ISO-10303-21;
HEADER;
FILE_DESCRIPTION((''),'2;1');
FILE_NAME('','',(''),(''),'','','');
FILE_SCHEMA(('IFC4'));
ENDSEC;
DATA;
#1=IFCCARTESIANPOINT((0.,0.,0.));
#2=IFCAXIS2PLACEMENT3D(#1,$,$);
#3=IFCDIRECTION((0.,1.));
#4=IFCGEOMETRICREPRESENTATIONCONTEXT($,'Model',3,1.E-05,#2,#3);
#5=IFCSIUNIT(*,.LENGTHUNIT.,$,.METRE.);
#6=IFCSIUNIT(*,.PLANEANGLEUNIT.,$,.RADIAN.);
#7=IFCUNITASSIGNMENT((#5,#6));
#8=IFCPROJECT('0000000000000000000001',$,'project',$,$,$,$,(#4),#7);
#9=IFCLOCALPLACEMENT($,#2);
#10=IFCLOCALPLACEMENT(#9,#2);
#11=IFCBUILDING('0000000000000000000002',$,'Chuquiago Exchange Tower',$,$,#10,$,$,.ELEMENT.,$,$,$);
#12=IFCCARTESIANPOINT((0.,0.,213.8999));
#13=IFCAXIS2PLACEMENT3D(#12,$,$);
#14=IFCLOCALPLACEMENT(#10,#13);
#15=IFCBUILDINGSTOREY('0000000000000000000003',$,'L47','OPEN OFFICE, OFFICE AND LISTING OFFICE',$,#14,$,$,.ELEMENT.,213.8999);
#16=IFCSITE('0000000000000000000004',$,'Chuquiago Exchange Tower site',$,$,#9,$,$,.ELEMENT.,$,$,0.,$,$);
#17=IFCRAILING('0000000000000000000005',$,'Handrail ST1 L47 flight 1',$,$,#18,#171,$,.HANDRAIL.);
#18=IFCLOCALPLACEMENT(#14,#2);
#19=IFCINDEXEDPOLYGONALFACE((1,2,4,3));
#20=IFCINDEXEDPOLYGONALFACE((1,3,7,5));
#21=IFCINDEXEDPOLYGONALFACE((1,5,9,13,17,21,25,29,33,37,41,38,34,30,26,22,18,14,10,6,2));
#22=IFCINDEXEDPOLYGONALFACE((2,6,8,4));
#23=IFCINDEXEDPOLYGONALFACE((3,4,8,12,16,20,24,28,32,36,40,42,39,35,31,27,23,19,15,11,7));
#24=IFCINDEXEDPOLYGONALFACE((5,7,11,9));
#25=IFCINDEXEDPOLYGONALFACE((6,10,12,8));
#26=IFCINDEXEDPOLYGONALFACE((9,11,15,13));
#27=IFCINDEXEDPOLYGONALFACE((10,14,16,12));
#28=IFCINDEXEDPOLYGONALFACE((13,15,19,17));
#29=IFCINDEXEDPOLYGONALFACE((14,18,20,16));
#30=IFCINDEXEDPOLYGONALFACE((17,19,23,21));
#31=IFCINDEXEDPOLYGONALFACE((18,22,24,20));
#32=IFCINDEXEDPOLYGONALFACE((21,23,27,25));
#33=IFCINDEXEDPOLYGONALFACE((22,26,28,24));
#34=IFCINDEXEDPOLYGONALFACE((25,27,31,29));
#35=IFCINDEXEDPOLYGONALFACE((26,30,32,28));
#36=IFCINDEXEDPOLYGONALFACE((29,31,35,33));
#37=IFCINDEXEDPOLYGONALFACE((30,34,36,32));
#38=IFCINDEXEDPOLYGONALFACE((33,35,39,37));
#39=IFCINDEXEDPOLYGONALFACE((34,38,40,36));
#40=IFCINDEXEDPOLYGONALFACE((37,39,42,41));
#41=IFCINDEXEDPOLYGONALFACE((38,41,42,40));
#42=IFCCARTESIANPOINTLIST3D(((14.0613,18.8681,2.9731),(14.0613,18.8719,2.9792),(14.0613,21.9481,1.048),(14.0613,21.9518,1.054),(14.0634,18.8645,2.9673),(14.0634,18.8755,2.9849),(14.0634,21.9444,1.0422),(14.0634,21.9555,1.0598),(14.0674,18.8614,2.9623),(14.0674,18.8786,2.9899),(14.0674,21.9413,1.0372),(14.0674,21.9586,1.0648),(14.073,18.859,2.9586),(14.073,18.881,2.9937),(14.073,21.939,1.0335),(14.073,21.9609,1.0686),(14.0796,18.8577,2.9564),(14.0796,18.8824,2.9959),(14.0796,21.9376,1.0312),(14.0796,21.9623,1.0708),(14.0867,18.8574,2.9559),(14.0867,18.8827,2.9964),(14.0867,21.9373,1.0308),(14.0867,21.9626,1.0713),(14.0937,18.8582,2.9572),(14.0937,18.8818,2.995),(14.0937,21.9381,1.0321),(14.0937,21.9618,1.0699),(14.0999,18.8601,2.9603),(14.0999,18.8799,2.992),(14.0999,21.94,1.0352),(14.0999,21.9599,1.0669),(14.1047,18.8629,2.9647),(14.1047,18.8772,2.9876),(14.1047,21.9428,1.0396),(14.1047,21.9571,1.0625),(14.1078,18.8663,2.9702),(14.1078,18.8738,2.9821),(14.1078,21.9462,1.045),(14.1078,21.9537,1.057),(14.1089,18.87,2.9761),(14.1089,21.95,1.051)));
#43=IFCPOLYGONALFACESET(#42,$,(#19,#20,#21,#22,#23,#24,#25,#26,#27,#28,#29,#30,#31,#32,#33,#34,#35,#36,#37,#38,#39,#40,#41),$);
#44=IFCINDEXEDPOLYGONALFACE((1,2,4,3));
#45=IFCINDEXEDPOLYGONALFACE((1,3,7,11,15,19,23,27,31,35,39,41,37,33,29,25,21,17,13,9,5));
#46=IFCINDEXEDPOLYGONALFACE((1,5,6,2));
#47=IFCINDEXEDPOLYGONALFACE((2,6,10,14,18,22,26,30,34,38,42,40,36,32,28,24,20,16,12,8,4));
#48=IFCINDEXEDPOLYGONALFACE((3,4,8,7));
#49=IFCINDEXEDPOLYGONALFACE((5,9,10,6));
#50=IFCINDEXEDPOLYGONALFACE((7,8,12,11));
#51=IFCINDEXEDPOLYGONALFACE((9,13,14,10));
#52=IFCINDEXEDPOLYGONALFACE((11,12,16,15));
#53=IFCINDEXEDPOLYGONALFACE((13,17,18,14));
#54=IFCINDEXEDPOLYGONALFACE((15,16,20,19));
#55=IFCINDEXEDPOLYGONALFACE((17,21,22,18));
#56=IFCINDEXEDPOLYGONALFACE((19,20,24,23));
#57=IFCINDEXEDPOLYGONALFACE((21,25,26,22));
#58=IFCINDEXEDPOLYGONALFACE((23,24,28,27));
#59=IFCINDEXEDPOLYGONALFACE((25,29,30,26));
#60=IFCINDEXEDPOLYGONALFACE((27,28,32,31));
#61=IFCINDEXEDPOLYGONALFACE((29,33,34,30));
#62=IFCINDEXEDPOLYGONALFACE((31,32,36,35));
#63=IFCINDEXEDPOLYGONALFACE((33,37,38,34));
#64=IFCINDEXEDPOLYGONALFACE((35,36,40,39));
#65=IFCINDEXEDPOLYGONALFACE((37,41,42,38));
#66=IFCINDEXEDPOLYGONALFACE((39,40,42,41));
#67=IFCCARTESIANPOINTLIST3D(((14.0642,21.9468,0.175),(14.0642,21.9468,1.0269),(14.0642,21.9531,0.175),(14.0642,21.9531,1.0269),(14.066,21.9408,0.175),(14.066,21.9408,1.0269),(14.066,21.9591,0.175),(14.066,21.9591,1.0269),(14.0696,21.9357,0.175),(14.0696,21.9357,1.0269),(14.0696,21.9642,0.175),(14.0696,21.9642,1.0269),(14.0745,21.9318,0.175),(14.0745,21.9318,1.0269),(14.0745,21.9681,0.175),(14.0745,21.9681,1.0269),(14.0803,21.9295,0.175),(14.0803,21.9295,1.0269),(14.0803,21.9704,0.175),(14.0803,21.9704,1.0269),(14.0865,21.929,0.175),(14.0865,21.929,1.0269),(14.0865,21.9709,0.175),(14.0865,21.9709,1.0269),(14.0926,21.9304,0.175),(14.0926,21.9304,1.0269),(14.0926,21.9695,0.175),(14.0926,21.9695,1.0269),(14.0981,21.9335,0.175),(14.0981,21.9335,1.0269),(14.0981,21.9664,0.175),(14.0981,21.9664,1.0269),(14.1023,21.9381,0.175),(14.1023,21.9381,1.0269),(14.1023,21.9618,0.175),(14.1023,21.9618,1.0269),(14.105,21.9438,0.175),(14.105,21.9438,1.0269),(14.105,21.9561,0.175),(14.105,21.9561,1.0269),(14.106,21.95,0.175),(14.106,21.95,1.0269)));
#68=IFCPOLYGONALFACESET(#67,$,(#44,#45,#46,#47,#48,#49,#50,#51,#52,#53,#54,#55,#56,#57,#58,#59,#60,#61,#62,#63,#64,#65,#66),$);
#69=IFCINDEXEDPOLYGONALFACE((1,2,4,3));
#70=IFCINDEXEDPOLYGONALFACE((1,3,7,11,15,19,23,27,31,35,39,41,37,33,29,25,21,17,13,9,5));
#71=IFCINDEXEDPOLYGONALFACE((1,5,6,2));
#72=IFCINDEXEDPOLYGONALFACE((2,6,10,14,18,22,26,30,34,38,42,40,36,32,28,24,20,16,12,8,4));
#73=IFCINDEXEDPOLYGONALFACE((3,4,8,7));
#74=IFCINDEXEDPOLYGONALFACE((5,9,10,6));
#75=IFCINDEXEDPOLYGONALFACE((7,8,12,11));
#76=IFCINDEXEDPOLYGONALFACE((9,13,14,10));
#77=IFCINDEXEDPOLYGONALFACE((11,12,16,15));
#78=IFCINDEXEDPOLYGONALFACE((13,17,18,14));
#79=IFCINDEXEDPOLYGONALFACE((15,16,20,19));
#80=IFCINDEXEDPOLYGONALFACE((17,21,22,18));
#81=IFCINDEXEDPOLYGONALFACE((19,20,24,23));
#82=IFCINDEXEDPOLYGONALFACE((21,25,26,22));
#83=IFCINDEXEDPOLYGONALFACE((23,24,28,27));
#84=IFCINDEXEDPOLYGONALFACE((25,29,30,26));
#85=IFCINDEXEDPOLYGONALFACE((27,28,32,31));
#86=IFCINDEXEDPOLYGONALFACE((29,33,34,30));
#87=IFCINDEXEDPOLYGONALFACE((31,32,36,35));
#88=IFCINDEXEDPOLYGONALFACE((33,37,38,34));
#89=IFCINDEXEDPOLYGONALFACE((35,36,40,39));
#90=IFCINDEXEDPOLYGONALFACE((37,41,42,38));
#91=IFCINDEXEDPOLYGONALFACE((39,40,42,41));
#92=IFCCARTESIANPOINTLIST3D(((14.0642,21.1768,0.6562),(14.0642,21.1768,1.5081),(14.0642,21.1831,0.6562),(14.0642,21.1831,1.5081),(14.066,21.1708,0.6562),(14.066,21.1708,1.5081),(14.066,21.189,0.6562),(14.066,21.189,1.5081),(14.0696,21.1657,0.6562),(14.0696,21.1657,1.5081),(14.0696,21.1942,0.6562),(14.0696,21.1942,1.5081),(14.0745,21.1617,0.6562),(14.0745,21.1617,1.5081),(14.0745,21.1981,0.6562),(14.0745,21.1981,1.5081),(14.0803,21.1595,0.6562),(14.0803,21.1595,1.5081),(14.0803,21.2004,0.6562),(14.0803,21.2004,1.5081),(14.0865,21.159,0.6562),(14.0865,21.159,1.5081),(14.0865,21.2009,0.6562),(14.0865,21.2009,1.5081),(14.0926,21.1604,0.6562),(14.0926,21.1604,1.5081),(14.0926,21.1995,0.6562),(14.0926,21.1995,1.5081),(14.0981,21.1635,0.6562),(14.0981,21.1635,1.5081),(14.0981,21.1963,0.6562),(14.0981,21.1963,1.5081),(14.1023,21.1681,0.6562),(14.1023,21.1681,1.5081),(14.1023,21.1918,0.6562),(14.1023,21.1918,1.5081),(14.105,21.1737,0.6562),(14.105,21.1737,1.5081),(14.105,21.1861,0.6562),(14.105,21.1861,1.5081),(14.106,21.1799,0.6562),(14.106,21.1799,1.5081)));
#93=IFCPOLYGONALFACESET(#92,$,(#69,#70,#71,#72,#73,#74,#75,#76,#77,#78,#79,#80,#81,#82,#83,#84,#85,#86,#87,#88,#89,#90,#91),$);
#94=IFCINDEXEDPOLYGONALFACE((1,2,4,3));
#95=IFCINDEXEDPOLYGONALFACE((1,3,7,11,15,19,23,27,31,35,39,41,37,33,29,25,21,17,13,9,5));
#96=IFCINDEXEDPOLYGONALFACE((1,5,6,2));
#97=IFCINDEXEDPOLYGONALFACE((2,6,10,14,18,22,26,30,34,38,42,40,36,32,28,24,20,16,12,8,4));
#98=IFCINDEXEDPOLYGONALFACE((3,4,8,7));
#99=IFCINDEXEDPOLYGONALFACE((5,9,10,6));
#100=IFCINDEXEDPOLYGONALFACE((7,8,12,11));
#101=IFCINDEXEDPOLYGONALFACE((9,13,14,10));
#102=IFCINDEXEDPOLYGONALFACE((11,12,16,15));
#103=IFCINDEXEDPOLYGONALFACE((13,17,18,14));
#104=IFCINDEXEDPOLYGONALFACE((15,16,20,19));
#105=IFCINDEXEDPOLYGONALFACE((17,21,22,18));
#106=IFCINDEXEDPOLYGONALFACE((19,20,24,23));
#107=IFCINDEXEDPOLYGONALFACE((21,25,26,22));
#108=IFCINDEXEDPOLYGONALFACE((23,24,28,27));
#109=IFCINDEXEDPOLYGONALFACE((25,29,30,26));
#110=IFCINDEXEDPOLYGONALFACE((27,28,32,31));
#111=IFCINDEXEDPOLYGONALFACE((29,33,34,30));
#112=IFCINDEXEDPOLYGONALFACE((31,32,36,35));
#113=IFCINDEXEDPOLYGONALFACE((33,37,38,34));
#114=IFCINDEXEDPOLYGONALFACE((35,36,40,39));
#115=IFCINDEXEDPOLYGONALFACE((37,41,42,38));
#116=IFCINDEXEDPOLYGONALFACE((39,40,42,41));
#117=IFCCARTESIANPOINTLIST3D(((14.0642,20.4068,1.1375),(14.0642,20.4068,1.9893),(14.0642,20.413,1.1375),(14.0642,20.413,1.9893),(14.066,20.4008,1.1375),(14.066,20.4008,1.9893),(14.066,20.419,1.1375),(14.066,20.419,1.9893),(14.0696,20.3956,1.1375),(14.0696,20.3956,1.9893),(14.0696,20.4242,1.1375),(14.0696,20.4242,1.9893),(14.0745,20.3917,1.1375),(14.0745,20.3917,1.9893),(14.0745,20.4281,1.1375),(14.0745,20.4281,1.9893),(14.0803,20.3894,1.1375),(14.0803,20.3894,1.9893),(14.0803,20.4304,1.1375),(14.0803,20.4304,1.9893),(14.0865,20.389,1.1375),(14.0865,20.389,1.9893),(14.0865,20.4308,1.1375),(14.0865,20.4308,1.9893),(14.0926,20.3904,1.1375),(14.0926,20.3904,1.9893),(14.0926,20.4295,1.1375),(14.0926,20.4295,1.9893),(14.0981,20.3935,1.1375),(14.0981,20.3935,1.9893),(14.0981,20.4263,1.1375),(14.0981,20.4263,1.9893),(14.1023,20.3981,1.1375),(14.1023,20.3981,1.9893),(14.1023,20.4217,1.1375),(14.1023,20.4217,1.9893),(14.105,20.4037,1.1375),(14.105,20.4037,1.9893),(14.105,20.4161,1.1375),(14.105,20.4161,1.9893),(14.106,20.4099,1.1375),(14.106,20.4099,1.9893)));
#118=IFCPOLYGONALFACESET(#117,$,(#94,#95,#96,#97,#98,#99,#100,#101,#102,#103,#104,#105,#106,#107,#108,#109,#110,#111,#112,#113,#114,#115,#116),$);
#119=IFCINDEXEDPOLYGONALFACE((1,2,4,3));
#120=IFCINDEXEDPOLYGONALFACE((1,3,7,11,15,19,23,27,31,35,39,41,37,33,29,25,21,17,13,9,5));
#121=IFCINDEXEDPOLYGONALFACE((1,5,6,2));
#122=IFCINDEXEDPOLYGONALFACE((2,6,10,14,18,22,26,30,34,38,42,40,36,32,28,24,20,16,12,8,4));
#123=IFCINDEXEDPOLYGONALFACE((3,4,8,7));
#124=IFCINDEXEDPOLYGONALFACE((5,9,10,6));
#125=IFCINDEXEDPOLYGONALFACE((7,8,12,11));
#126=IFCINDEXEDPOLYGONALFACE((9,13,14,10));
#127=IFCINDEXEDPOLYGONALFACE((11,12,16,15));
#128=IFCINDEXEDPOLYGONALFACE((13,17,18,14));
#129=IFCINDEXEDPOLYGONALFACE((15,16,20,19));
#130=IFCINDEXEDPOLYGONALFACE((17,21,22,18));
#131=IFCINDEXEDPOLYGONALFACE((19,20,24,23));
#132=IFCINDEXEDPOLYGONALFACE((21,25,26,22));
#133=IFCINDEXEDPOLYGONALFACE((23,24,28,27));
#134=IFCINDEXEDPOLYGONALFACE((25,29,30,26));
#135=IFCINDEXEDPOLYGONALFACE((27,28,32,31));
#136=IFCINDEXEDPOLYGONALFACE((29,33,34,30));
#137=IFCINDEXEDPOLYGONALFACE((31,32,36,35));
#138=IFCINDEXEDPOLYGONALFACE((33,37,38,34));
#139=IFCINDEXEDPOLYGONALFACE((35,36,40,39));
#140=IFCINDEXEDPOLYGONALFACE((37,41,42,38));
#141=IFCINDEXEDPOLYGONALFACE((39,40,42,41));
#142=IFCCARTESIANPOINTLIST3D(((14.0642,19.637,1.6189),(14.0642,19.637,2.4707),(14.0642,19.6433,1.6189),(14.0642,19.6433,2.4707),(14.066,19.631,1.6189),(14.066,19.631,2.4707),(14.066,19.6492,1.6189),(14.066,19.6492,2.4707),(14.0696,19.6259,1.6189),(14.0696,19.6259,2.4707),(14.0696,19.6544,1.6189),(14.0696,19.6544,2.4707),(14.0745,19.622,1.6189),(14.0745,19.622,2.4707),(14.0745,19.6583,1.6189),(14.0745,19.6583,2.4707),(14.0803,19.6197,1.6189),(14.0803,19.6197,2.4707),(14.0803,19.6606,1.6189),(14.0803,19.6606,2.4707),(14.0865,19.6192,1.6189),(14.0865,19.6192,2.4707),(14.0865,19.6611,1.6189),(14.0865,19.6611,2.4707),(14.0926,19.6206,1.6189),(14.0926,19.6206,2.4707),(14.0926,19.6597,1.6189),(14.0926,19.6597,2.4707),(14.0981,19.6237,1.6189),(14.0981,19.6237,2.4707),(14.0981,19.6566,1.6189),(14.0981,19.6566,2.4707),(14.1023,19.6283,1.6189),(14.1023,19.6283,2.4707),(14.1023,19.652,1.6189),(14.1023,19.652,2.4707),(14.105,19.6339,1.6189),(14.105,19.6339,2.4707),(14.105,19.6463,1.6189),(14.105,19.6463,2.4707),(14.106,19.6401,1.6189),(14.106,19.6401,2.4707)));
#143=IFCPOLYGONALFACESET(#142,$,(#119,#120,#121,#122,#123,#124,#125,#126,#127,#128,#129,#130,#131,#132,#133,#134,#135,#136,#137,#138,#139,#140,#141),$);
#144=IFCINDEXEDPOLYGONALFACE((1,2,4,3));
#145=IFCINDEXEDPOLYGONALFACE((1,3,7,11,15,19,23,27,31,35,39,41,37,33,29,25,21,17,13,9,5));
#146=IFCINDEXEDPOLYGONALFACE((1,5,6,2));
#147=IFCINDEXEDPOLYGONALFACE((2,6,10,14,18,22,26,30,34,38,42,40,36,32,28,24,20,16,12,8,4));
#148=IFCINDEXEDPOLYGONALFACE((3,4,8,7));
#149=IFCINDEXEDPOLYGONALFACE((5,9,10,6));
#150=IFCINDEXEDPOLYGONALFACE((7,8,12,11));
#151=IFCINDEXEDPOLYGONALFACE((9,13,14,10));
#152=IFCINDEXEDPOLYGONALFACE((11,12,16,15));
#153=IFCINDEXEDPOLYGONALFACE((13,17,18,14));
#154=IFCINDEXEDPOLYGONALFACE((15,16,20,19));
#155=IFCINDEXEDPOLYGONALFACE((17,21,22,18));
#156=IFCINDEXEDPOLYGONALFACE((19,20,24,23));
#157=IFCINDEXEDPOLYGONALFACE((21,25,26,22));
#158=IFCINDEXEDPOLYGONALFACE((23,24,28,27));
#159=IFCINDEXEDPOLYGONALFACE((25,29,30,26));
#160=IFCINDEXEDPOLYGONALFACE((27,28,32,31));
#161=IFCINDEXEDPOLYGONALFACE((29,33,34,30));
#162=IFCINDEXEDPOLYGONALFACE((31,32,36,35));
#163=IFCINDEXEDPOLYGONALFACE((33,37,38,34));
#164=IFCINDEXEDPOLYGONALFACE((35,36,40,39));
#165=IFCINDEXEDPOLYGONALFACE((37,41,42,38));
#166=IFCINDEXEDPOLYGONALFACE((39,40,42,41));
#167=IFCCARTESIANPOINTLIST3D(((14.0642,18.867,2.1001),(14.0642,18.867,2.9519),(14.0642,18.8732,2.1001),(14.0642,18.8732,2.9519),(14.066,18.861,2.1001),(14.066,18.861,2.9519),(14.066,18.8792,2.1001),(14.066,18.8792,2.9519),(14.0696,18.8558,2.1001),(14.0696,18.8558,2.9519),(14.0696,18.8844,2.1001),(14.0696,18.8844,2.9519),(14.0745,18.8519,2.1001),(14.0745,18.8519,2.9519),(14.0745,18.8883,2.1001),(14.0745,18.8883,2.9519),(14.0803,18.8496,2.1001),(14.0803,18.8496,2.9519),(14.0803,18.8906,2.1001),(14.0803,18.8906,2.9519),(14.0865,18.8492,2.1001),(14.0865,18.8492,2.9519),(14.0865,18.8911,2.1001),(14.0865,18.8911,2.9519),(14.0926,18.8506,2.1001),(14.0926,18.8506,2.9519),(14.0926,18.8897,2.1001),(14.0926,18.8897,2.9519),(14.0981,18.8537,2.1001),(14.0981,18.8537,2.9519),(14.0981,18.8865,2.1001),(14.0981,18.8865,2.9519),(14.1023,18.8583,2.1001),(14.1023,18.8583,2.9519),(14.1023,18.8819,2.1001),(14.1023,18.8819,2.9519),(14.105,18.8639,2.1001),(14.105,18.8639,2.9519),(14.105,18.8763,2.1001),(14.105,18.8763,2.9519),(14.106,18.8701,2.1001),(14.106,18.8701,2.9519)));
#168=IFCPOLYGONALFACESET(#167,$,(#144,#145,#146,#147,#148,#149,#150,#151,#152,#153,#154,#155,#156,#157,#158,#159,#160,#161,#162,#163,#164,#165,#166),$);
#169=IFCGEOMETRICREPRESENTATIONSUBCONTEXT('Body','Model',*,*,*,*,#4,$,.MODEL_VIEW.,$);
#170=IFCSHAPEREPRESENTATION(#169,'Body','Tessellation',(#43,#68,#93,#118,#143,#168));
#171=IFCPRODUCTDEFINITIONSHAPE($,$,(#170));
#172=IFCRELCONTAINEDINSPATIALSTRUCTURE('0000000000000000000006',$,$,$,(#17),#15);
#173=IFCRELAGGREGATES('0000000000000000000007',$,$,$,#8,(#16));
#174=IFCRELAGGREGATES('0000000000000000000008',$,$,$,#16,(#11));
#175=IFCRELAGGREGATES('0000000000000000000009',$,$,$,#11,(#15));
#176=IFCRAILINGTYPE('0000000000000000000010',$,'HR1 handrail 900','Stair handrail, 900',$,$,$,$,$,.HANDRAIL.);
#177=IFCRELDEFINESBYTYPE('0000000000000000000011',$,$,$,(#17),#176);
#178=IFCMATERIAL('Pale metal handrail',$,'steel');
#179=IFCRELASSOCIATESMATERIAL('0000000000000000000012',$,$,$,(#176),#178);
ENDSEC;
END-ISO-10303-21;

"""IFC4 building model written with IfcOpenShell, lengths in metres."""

from ifc_helpers import new_model, si_unit, direction, frame, origin, origin_2d, place, context, subcontext, project, spatial, circle, extrude, material, type_object, element, save


model = new_model("IFC4")

# Units and contexts
model_context = context("Model", 3, precision=1e-05, world=origin(), true_north=direction((0.0, 1.0)))
body_context = subcontext(model_context, "Body", "Model", "MODEL_VIEW")
ifc_project = project(units=[si_unit("LENGTHUNIT", "METRE"), si_unit("PLANEANGLEUNIT", "RADIAN")], contexts=[model_context])

# Site, building, storey
site_placement = place(None, origin())
site = spatial("IfcSite", under=ifc_project, at=site_placement, Name="Chuquiago Exchange Tower site", CompositionType="ELEMENT", RefElevation=0.0)
building_placement = place(site_placement, origin())
building = spatial("IfcBuilding", under=site, at=building_placement, Name="Chuquiago Exchange Tower", CompositionType="ELEMENT")
storey_placement = place(building_placement, frame((0.0, 0.0, 213.8999)))
storey = spatial("IfcBuildingStorey", under=building, at=storey_placement, Name="L47", Description="OPEN OFFICE, OFFICE AND LISTING OFFICE", CompositionType="ELEMENT", Elevation=213.8999)

# Railing
ifc_material_1 = material(Name="Pale metal handrail", Category="steel")
railing_type_1 = type_object("IfcRailingType", Name="HR1 handrail 900", Description="Stair handrail, 900", PredefinedType="HANDRAIL", material=ifc_material_1)
for number, where, name in (
    (1, (14.085, 21.95, 0.175), "Handrail ST1 L47 flight 1"),
):
    element("IfcRailing", number, at=place(storey_placement, frame(where)), inside=storey, type_object=railing_type_1, Name=name, PredefinedType="HANDRAIL", context=body_context, shape_type="SweptSolid", body=[
        extrude(circle(Radius=0.0239, at=origin_2d()), frame((0.0, 0.0, 0.876), z_axis=(0.0, -0.847979, 0.530029), x_axis=(1.0, 0.0, 0.0)), (0.0, 0.0, 1.0), 3.6321),
        extrude(circle(Radius=0.021, at=origin_2d()), origin(), (0.0, 0.0, 1.0), 0.8518),
        extrude(circle(Radius=0.021, at=origin_2d()), frame((0.0, -0.77, 0.4812)), (0.0, 0.0, 1.0), 0.8518),
        extrude(circle(Radius=0.021, at=origin_2d()), frame((0.0, -1.54, 0.9624)), (0.0, 0.0, 1.0), 0.8518),
        extrude(circle(Radius=0.021, at=origin_2d()), frame((0.0, -2.3098, 1.4438)), (0.0, 0.0, 1.0), 0.8518),
        extrude(circle(Radius=0.021, at=origin_2d()), frame((0.0, -3.0798, 1.925)), (0.0, 0.0, 1.0), 0.8518),
    ])

save(model, "model.ifc")
